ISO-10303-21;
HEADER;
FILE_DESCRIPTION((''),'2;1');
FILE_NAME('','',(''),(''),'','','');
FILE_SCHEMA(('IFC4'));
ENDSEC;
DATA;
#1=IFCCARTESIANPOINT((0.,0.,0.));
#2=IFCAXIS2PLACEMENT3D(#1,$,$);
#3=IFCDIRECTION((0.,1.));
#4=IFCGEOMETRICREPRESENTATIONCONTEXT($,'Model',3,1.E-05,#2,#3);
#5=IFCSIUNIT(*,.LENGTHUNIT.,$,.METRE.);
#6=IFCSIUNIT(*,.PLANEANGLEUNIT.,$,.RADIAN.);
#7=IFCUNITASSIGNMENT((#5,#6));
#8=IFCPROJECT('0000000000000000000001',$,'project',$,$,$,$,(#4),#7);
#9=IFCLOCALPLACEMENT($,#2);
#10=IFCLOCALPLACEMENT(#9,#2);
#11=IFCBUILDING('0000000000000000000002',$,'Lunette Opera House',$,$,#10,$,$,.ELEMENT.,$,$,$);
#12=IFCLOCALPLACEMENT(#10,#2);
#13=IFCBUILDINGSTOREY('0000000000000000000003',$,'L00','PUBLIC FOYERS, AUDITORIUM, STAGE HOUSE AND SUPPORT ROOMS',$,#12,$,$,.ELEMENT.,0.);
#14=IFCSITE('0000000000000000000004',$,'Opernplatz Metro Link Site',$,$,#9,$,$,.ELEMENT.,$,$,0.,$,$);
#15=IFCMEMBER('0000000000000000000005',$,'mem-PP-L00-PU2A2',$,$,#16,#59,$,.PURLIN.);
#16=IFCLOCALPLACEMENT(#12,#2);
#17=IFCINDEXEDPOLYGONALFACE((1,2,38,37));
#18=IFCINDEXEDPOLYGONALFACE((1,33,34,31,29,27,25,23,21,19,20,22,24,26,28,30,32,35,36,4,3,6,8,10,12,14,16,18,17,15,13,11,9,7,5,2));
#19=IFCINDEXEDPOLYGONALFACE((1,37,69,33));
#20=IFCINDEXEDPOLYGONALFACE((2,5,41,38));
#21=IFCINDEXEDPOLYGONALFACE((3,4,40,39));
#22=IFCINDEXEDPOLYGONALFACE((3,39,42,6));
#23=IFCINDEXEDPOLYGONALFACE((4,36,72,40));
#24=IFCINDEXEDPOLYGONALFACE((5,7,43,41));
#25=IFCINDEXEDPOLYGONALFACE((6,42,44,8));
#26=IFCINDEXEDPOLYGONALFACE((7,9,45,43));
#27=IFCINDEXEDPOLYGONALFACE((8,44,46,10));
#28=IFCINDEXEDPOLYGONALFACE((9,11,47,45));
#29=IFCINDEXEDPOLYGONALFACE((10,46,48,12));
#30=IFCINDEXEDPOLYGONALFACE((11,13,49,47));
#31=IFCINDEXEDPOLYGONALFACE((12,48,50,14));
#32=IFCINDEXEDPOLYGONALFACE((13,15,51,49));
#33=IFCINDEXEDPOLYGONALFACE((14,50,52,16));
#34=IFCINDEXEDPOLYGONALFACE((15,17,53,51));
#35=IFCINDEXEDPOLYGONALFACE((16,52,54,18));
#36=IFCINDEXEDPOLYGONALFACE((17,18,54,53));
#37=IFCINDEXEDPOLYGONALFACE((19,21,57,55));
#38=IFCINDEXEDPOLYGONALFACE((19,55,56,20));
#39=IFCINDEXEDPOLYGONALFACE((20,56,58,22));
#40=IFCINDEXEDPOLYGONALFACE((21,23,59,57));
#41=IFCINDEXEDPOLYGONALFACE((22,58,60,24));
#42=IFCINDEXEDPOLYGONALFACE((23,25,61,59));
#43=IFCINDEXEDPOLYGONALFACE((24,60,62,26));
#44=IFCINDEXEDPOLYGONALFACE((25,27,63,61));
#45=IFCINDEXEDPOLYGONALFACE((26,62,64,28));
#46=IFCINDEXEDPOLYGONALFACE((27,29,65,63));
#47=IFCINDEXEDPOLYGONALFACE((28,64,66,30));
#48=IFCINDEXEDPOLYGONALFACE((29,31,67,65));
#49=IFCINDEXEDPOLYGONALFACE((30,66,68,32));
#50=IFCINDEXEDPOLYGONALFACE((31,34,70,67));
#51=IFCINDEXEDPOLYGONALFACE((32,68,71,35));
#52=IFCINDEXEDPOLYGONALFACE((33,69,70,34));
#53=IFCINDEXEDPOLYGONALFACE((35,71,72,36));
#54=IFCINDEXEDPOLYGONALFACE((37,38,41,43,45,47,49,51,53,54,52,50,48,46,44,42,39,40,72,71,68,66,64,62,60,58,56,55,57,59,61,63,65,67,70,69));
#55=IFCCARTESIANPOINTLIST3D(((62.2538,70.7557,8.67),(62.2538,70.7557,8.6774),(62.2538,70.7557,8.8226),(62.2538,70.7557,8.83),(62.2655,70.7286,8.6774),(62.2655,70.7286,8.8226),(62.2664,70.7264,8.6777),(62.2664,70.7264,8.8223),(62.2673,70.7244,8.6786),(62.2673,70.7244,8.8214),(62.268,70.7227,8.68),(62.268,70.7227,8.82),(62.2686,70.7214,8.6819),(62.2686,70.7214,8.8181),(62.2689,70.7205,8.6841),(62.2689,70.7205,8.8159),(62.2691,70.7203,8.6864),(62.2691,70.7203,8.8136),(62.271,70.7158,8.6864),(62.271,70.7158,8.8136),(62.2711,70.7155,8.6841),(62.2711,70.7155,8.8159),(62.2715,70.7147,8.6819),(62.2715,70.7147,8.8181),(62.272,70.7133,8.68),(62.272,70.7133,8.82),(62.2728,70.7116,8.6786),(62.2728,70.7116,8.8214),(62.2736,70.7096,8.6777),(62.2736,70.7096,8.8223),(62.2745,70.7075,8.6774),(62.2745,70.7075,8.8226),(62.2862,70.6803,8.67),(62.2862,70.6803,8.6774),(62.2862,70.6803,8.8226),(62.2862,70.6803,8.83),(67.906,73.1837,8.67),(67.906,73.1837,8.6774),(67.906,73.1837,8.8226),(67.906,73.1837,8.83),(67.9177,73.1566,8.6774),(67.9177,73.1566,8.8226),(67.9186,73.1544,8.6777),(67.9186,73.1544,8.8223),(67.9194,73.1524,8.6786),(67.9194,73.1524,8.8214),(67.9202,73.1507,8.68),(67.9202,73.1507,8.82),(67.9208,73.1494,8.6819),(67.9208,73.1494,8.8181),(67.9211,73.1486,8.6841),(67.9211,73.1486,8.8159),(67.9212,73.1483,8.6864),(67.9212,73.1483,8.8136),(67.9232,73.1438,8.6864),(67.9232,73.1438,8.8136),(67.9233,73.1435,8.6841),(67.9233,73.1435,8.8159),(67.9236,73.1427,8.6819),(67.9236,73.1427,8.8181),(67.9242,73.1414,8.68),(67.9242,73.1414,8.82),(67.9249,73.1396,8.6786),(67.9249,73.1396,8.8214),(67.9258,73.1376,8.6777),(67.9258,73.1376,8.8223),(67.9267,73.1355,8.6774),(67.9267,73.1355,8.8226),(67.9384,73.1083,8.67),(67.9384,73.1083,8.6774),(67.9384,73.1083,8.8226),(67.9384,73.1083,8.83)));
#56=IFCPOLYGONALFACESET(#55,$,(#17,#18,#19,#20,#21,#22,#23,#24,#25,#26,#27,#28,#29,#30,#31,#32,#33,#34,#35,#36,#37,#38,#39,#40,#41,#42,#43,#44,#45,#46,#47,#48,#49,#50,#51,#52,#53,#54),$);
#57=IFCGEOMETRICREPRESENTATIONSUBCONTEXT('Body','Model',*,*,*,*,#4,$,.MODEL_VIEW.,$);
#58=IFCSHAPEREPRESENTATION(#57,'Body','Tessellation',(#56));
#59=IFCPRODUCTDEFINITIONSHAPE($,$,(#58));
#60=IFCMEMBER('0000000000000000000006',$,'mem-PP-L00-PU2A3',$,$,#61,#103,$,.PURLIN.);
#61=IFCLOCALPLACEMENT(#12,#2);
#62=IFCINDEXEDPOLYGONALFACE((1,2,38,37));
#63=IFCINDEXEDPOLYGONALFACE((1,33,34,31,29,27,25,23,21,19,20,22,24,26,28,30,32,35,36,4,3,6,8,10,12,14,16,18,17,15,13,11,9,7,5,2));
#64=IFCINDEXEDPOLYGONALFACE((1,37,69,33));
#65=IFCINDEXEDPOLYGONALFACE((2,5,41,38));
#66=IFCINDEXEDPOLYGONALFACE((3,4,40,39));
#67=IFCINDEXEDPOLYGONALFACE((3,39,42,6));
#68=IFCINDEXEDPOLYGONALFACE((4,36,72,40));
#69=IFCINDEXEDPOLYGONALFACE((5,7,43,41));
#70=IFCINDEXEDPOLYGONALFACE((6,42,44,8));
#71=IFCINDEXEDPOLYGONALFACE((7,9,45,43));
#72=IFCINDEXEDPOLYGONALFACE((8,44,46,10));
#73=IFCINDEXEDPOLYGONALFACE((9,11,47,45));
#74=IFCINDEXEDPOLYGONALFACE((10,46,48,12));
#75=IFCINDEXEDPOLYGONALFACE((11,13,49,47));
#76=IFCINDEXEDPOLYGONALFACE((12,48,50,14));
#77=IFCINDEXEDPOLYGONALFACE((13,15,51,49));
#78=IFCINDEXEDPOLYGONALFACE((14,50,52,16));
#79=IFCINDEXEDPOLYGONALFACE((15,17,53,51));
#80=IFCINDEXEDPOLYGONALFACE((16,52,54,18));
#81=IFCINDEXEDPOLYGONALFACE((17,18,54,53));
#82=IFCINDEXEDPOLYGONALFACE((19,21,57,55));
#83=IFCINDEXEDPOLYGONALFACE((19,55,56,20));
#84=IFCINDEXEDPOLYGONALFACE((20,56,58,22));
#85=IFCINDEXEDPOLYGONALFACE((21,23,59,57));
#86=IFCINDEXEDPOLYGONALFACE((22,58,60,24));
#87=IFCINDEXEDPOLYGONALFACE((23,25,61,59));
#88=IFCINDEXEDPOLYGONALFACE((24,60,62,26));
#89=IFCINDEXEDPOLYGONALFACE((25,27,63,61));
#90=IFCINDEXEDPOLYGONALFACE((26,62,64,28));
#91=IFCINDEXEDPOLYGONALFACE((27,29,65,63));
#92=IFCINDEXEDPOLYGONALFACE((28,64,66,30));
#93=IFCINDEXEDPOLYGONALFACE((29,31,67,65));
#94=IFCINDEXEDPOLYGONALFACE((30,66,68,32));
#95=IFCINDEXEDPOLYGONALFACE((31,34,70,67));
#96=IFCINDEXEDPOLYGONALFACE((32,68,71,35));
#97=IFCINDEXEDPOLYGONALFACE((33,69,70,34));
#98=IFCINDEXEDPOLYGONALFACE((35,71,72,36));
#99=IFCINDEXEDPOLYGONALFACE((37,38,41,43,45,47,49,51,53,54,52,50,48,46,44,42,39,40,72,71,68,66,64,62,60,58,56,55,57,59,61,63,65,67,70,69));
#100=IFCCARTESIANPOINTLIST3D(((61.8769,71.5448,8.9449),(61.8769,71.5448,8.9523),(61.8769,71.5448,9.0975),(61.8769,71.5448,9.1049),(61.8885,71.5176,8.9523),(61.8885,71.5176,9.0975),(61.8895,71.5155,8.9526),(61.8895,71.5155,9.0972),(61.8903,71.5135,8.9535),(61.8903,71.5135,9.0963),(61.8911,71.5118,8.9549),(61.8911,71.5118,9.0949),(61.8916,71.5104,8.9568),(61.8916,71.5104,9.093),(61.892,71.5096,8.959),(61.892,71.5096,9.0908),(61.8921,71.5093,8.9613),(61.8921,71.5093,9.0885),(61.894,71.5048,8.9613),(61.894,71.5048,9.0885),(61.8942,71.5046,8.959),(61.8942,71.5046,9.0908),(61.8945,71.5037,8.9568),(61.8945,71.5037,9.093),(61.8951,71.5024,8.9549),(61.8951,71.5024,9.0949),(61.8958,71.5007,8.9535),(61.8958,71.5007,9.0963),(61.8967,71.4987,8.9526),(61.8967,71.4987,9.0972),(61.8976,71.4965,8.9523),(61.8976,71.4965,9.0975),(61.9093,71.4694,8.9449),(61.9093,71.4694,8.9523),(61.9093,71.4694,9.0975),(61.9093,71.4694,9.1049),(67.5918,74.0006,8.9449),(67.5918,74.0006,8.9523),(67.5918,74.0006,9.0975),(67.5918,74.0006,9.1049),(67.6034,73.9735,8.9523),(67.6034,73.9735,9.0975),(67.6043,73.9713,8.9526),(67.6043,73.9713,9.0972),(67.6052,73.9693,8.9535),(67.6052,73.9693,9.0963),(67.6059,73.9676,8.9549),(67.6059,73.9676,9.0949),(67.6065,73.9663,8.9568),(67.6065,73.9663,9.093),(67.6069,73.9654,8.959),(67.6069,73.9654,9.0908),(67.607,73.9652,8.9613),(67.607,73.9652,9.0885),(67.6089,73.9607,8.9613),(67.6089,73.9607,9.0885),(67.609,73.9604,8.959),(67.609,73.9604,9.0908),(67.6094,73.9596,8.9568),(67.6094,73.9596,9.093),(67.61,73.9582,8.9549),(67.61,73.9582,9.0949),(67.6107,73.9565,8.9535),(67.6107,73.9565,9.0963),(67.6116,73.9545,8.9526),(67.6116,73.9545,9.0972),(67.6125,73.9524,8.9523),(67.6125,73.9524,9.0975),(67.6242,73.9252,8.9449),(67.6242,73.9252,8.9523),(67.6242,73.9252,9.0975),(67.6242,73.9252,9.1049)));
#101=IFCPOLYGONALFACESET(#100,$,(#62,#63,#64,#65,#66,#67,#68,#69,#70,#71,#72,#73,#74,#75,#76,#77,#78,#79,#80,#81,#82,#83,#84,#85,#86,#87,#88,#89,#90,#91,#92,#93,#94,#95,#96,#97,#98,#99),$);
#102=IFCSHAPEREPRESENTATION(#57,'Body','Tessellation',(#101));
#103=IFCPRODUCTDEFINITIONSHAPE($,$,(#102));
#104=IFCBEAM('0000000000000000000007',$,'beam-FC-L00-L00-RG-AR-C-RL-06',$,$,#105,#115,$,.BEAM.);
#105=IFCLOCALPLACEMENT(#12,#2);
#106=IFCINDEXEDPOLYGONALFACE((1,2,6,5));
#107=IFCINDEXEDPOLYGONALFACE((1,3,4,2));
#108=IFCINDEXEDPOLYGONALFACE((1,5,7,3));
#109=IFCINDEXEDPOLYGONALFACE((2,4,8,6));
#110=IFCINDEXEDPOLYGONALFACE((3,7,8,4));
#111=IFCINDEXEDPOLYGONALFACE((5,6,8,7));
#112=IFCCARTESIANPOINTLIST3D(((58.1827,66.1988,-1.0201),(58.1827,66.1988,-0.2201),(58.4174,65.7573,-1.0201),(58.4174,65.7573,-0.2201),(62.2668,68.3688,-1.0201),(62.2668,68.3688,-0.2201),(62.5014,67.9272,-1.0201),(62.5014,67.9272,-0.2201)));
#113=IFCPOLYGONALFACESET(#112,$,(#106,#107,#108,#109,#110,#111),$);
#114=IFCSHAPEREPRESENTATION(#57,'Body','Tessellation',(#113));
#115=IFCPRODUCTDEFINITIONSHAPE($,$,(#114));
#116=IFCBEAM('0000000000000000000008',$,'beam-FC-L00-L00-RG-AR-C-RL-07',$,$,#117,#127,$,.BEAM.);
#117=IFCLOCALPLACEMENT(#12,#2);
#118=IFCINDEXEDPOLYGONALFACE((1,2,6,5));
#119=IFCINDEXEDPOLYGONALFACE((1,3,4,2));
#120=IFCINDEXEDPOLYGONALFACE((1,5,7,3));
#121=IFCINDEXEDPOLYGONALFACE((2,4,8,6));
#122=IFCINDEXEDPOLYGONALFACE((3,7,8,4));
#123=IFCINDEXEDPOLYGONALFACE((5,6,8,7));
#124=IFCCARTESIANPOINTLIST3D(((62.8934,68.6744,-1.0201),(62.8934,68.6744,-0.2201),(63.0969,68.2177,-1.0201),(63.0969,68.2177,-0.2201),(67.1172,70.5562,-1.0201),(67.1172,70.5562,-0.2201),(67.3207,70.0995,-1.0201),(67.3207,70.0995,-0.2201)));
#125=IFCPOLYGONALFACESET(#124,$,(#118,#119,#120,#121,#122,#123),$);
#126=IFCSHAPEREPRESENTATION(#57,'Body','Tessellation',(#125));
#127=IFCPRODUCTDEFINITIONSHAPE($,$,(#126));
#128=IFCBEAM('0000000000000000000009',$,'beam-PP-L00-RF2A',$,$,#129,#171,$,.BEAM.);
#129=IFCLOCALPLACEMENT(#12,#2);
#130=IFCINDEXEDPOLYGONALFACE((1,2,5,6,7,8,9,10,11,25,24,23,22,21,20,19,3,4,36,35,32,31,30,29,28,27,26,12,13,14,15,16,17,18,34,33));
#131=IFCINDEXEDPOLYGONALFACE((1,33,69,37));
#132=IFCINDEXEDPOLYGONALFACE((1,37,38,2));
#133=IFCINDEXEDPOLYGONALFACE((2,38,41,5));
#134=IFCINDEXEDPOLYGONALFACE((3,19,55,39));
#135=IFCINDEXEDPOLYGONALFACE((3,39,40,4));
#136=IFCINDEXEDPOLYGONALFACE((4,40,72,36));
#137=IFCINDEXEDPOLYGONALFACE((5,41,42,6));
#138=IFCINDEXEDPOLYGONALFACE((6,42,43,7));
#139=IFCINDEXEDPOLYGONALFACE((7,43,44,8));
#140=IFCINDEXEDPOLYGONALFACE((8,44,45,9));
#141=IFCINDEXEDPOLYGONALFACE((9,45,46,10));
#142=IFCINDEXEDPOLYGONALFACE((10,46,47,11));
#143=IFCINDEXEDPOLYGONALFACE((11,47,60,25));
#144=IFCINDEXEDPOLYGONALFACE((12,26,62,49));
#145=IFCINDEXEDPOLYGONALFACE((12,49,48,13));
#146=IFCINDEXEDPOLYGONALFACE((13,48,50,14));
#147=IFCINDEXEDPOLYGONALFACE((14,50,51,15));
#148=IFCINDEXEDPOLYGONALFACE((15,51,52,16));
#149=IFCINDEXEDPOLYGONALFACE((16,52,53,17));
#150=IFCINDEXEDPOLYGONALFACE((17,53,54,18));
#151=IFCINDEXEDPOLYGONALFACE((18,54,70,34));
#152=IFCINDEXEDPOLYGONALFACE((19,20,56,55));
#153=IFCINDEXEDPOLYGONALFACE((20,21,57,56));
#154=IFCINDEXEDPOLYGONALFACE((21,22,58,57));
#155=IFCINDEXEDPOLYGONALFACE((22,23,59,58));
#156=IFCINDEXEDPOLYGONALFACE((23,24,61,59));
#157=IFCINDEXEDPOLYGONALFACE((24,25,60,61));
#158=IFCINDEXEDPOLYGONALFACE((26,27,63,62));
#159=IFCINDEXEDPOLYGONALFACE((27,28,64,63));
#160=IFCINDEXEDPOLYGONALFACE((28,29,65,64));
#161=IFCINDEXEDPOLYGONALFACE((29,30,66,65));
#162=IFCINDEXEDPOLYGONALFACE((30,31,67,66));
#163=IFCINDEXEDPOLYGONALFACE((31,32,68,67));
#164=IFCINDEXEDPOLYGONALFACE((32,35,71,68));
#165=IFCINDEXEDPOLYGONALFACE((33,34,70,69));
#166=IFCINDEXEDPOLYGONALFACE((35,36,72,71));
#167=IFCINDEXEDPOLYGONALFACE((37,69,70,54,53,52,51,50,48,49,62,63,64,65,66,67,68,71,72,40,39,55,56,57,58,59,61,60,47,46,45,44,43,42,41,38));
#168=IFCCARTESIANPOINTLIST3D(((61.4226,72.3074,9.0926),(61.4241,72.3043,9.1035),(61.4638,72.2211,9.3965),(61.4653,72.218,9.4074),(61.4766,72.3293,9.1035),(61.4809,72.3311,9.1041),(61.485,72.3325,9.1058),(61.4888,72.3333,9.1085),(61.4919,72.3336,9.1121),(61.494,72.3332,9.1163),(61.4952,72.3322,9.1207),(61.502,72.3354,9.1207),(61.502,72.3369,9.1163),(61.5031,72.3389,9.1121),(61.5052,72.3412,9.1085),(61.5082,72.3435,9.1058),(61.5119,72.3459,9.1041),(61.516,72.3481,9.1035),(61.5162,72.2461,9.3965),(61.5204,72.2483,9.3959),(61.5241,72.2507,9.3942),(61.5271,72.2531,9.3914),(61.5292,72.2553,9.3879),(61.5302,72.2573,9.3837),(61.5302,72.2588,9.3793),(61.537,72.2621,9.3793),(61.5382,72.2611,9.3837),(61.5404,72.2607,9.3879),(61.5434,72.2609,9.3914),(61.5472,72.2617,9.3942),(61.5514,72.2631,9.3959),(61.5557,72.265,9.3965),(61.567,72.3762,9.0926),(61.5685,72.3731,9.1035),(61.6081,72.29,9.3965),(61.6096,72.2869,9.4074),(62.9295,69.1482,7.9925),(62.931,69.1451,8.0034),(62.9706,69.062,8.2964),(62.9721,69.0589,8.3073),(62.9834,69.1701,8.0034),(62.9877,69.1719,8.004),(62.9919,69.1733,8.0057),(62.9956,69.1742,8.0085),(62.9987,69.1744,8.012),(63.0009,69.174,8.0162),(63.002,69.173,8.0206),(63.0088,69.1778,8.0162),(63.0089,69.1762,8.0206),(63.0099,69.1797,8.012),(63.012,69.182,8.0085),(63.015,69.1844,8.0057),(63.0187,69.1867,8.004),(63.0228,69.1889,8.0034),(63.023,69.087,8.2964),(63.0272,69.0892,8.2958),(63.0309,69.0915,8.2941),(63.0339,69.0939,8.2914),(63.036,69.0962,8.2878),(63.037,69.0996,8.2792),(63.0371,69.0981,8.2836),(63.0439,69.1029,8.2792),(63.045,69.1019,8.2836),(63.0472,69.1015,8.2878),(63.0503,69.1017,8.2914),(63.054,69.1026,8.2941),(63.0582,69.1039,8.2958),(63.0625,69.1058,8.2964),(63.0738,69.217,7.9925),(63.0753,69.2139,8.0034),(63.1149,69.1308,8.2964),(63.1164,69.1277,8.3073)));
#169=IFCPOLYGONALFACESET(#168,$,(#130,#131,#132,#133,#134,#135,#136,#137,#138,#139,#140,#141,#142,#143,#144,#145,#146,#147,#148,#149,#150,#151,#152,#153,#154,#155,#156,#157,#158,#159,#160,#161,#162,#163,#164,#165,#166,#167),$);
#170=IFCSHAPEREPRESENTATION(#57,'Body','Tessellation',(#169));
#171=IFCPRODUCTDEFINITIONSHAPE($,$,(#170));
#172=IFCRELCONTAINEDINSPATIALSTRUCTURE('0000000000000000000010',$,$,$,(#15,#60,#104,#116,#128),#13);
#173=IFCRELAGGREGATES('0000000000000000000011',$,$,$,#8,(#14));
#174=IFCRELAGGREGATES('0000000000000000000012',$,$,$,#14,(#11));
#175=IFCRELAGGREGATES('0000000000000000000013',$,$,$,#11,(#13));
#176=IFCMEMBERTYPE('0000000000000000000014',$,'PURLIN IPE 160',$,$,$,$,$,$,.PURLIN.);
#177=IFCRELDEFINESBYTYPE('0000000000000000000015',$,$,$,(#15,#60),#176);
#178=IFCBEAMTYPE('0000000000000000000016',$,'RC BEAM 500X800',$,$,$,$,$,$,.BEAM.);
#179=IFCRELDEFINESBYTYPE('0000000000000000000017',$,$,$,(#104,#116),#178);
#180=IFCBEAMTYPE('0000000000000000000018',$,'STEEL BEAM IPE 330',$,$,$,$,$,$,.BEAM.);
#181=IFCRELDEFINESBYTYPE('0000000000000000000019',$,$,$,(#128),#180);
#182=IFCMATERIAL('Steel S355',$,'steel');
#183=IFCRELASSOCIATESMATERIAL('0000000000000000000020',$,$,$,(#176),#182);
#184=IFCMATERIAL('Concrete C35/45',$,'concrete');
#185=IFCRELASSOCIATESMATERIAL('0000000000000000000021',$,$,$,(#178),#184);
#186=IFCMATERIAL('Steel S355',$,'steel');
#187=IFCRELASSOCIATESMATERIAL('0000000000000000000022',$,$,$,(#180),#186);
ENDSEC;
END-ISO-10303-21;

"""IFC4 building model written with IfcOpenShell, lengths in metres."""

from ifc_helpers import new_model, si_unit, direction, frame, origin, origin_2d, place, context, subcontext, project, spatial, rectangle, i_section, extrude, material, material_profile, profile_set, type_object, element, save


model = new_model("IFC4")

# Units and contexts
model_context = context("Model", 3, precision=1e-05, world=origin(), true_north=direction((0.0, 1.0)))
body_context = subcontext(model_context, "Body", "Model", "MODEL_VIEW")
ifc_project = project(units=[si_unit("LENGTHUNIT", "METRE"), si_unit("PLANEANGLEUNIT", "RADIAN")], contexts=[model_context])

# Site, building, storey
site_placement = place(None, origin())
site = spatial("IfcSite", under=ifc_project, at=site_placement, Name="Opernplatz Metro Link Site", CompositionType="ELEMENT", RefElevation=0.0)
building_placement = place(site_placement, origin())
building = spatial("IfcBuilding", under=site, at=building_placement, Name="Lunette Opera House", CompositionType="ELEMENT")
storey_placement = place(building_placement, origin())
storey = spatial("IfcBuildingStorey", under=building, at=storey_placement, Name="L00", Description="PUBLIC FOYERS, AUDITORIUM, STAGE HOUSE AND SUPPORT ROOMS", CompositionType="ELEMENT", Elevation=0.0)

# Members
ifc_material_1 = material(Name="Steel S355", Category="steel")
ifc_material_profile_1 = material_profile(ifc_material_1, i_section(OverallWidth=0.082, OverallDepth=0.1599, WebThickness=0.0049, FlangeThickness=0.0073, FilletRadius=0.009, at=origin_2d()), Name="IPE 160")
ifc_profile_set_1 = profile_set([ifc_material_profile_1], Name="Steel S355")
member_type_1 = type_object("IfcMemberType", Name="PURLIN IPE 160", PredefinedType="PURLIN", material=ifc_profile_set_1)
member_1_placement = place(storey_placement, frame((62.27, 70.718, 8.75), z_axis=(0.918812, 0.394695, 0.0), x_axis=(-0.394695, 0.918812, 0.0)))
element("IfcMember", 1, at=member_1_placement, inside=storey, type_object=member_type_1, Name="mem-PP-L00-PU2A2", PredefinedType="PURLIN", context=body_context, shape_type="SweptSolid", body=[
    extrude(i_section(OverallWidth=0.082, OverallDepth=0.1599, WebThickness=0.0049, FlangeThickness=0.0073, FilletRadius=0.009, at=origin_2d()), origin(), (0.0, 0.0, 1.0), 6.1516),
])
member_2_placement = place(storey_placement, frame((61.8931, 71.5071, 9.0249), z_axis=(0.918761, 0.394814, 0.0), x_axis=(-0.394814, 0.918761, 0.0)))
element("IfcMember", 2, at=member_2_placement, inside=storey, type_object=member_type_1, Name="mem-PP-L00-PU2A3", PredefinedType="PURLIN", context=body_context, shape_type="SweptSolid", body=[
    extrude(i_section(OverallWidth=0.082, OverallDepth=0.1599, WebThickness=0.0049, FlangeThickness=0.0073, FilletRadius=0.009, at=origin_2d()), origin(), (0.0, 0.0, 1.0), 6.2202),
])

# Beams
ifc_material_2 = material(Name="Concrete C35/45", Category="concrete")
ifc_material_profile_2 = material_profile(ifc_material_2, rectangle(XDim=0.5, YDim=0.8, at=origin_2d()), Name="RC BEAM 500X800")
ifc_profile_set_2 = profile_set([ifc_material_profile_2], Name="Concrete C35/45")
beam_type_1 = type_object("IfcBeamType", Name="RC BEAM 500X800", PredefinedType="BEAM", material=ifc_profile_set_2)
beam_1_placement = place(storey_placement, frame((58.3, 65.978, -0.6201), z_axis=(0.883088, 0.469207, 0.0), x_axis=(-0.469207, 0.883088, 0.0)))
element("IfcBeam", 3, at=beam_1_placement, inside=storey, type_object=beam_type_1, Name="beam-FC-L00-L00-RG-AR-C-RL-06", PredefinedType="BEAM", context=body_context, shape_type="SweptSolid", body=[
    extrude(rectangle(XDim=0.5, YDim=0.8, at=origin_2d()), origin(), (0.0, 0.0, 1.0), 4.6248),
])
beam_2_placement = place(storey_placement, frame((62.9951, 68.446, -0.6201), z_axis=(0.913445, 0.406961, 0.0), x_axis=(-0.406961, 0.913445, 0.0)))
element("IfcBeam", 4, at=beam_2_placement, inside=storey, type_object=beam_type_1, Name="beam-FC-L00-L00-RG-AR-C-RL-07", PredefinedType="BEAM", context=body_context, shape_type="SweptSolid", body=[
    extrude(rectangle(XDim=0.5, YDim=0.8, at=origin_2d()), origin(), (0.0, 0.0, 1.0), 4.624),
])
ifc_material_3 = material(Name="Steel S355", Category="steel")
ifc_material_profile_3 = material_profile(ifc_material_3, i_section(OverallWidth=0.1599, OverallDepth=0.3301, WebThickness=0.0076, FlangeThickness=0.0115, FilletRadius=0.0181, at=origin_2d()), Name="IPE 330")
ifc_profile_set_3 = profile_set([ifc_material_profile_3], Name="Steel S355")
beam_type_2 = type_object("IfcBeamType", Name="STEEL BEAM IPE 330", PredefinedType="BEAM", material=ifc_profile_set_3)
beam_3_placement = place(storey_placement, frame((63.0229, 69.1379, 8.1499), z_axis=(-0.4107, 0.861059, 0.29984), x_axis=(-0.902587, -0.430507, 0.0)))
element("IfcBeam", 5, at=beam_3_placement, inside=storey, type_object=beam_type_2, Name="beam-PP-L00-RF2A", PredefinedType="BEAM", context=body_context, shape_type="SweptSolid", body=[
    extrude(i_section(OverallWidth=0.1599, OverallDepth=0.3301, WebThickness=0.0076, FlangeThickness=0.0115, FilletRadius=0.0181, at=origin_2d()), origin(), (0.0, 0.0, 1.0), 3.6689),
])

save(model, "model.ifc")
